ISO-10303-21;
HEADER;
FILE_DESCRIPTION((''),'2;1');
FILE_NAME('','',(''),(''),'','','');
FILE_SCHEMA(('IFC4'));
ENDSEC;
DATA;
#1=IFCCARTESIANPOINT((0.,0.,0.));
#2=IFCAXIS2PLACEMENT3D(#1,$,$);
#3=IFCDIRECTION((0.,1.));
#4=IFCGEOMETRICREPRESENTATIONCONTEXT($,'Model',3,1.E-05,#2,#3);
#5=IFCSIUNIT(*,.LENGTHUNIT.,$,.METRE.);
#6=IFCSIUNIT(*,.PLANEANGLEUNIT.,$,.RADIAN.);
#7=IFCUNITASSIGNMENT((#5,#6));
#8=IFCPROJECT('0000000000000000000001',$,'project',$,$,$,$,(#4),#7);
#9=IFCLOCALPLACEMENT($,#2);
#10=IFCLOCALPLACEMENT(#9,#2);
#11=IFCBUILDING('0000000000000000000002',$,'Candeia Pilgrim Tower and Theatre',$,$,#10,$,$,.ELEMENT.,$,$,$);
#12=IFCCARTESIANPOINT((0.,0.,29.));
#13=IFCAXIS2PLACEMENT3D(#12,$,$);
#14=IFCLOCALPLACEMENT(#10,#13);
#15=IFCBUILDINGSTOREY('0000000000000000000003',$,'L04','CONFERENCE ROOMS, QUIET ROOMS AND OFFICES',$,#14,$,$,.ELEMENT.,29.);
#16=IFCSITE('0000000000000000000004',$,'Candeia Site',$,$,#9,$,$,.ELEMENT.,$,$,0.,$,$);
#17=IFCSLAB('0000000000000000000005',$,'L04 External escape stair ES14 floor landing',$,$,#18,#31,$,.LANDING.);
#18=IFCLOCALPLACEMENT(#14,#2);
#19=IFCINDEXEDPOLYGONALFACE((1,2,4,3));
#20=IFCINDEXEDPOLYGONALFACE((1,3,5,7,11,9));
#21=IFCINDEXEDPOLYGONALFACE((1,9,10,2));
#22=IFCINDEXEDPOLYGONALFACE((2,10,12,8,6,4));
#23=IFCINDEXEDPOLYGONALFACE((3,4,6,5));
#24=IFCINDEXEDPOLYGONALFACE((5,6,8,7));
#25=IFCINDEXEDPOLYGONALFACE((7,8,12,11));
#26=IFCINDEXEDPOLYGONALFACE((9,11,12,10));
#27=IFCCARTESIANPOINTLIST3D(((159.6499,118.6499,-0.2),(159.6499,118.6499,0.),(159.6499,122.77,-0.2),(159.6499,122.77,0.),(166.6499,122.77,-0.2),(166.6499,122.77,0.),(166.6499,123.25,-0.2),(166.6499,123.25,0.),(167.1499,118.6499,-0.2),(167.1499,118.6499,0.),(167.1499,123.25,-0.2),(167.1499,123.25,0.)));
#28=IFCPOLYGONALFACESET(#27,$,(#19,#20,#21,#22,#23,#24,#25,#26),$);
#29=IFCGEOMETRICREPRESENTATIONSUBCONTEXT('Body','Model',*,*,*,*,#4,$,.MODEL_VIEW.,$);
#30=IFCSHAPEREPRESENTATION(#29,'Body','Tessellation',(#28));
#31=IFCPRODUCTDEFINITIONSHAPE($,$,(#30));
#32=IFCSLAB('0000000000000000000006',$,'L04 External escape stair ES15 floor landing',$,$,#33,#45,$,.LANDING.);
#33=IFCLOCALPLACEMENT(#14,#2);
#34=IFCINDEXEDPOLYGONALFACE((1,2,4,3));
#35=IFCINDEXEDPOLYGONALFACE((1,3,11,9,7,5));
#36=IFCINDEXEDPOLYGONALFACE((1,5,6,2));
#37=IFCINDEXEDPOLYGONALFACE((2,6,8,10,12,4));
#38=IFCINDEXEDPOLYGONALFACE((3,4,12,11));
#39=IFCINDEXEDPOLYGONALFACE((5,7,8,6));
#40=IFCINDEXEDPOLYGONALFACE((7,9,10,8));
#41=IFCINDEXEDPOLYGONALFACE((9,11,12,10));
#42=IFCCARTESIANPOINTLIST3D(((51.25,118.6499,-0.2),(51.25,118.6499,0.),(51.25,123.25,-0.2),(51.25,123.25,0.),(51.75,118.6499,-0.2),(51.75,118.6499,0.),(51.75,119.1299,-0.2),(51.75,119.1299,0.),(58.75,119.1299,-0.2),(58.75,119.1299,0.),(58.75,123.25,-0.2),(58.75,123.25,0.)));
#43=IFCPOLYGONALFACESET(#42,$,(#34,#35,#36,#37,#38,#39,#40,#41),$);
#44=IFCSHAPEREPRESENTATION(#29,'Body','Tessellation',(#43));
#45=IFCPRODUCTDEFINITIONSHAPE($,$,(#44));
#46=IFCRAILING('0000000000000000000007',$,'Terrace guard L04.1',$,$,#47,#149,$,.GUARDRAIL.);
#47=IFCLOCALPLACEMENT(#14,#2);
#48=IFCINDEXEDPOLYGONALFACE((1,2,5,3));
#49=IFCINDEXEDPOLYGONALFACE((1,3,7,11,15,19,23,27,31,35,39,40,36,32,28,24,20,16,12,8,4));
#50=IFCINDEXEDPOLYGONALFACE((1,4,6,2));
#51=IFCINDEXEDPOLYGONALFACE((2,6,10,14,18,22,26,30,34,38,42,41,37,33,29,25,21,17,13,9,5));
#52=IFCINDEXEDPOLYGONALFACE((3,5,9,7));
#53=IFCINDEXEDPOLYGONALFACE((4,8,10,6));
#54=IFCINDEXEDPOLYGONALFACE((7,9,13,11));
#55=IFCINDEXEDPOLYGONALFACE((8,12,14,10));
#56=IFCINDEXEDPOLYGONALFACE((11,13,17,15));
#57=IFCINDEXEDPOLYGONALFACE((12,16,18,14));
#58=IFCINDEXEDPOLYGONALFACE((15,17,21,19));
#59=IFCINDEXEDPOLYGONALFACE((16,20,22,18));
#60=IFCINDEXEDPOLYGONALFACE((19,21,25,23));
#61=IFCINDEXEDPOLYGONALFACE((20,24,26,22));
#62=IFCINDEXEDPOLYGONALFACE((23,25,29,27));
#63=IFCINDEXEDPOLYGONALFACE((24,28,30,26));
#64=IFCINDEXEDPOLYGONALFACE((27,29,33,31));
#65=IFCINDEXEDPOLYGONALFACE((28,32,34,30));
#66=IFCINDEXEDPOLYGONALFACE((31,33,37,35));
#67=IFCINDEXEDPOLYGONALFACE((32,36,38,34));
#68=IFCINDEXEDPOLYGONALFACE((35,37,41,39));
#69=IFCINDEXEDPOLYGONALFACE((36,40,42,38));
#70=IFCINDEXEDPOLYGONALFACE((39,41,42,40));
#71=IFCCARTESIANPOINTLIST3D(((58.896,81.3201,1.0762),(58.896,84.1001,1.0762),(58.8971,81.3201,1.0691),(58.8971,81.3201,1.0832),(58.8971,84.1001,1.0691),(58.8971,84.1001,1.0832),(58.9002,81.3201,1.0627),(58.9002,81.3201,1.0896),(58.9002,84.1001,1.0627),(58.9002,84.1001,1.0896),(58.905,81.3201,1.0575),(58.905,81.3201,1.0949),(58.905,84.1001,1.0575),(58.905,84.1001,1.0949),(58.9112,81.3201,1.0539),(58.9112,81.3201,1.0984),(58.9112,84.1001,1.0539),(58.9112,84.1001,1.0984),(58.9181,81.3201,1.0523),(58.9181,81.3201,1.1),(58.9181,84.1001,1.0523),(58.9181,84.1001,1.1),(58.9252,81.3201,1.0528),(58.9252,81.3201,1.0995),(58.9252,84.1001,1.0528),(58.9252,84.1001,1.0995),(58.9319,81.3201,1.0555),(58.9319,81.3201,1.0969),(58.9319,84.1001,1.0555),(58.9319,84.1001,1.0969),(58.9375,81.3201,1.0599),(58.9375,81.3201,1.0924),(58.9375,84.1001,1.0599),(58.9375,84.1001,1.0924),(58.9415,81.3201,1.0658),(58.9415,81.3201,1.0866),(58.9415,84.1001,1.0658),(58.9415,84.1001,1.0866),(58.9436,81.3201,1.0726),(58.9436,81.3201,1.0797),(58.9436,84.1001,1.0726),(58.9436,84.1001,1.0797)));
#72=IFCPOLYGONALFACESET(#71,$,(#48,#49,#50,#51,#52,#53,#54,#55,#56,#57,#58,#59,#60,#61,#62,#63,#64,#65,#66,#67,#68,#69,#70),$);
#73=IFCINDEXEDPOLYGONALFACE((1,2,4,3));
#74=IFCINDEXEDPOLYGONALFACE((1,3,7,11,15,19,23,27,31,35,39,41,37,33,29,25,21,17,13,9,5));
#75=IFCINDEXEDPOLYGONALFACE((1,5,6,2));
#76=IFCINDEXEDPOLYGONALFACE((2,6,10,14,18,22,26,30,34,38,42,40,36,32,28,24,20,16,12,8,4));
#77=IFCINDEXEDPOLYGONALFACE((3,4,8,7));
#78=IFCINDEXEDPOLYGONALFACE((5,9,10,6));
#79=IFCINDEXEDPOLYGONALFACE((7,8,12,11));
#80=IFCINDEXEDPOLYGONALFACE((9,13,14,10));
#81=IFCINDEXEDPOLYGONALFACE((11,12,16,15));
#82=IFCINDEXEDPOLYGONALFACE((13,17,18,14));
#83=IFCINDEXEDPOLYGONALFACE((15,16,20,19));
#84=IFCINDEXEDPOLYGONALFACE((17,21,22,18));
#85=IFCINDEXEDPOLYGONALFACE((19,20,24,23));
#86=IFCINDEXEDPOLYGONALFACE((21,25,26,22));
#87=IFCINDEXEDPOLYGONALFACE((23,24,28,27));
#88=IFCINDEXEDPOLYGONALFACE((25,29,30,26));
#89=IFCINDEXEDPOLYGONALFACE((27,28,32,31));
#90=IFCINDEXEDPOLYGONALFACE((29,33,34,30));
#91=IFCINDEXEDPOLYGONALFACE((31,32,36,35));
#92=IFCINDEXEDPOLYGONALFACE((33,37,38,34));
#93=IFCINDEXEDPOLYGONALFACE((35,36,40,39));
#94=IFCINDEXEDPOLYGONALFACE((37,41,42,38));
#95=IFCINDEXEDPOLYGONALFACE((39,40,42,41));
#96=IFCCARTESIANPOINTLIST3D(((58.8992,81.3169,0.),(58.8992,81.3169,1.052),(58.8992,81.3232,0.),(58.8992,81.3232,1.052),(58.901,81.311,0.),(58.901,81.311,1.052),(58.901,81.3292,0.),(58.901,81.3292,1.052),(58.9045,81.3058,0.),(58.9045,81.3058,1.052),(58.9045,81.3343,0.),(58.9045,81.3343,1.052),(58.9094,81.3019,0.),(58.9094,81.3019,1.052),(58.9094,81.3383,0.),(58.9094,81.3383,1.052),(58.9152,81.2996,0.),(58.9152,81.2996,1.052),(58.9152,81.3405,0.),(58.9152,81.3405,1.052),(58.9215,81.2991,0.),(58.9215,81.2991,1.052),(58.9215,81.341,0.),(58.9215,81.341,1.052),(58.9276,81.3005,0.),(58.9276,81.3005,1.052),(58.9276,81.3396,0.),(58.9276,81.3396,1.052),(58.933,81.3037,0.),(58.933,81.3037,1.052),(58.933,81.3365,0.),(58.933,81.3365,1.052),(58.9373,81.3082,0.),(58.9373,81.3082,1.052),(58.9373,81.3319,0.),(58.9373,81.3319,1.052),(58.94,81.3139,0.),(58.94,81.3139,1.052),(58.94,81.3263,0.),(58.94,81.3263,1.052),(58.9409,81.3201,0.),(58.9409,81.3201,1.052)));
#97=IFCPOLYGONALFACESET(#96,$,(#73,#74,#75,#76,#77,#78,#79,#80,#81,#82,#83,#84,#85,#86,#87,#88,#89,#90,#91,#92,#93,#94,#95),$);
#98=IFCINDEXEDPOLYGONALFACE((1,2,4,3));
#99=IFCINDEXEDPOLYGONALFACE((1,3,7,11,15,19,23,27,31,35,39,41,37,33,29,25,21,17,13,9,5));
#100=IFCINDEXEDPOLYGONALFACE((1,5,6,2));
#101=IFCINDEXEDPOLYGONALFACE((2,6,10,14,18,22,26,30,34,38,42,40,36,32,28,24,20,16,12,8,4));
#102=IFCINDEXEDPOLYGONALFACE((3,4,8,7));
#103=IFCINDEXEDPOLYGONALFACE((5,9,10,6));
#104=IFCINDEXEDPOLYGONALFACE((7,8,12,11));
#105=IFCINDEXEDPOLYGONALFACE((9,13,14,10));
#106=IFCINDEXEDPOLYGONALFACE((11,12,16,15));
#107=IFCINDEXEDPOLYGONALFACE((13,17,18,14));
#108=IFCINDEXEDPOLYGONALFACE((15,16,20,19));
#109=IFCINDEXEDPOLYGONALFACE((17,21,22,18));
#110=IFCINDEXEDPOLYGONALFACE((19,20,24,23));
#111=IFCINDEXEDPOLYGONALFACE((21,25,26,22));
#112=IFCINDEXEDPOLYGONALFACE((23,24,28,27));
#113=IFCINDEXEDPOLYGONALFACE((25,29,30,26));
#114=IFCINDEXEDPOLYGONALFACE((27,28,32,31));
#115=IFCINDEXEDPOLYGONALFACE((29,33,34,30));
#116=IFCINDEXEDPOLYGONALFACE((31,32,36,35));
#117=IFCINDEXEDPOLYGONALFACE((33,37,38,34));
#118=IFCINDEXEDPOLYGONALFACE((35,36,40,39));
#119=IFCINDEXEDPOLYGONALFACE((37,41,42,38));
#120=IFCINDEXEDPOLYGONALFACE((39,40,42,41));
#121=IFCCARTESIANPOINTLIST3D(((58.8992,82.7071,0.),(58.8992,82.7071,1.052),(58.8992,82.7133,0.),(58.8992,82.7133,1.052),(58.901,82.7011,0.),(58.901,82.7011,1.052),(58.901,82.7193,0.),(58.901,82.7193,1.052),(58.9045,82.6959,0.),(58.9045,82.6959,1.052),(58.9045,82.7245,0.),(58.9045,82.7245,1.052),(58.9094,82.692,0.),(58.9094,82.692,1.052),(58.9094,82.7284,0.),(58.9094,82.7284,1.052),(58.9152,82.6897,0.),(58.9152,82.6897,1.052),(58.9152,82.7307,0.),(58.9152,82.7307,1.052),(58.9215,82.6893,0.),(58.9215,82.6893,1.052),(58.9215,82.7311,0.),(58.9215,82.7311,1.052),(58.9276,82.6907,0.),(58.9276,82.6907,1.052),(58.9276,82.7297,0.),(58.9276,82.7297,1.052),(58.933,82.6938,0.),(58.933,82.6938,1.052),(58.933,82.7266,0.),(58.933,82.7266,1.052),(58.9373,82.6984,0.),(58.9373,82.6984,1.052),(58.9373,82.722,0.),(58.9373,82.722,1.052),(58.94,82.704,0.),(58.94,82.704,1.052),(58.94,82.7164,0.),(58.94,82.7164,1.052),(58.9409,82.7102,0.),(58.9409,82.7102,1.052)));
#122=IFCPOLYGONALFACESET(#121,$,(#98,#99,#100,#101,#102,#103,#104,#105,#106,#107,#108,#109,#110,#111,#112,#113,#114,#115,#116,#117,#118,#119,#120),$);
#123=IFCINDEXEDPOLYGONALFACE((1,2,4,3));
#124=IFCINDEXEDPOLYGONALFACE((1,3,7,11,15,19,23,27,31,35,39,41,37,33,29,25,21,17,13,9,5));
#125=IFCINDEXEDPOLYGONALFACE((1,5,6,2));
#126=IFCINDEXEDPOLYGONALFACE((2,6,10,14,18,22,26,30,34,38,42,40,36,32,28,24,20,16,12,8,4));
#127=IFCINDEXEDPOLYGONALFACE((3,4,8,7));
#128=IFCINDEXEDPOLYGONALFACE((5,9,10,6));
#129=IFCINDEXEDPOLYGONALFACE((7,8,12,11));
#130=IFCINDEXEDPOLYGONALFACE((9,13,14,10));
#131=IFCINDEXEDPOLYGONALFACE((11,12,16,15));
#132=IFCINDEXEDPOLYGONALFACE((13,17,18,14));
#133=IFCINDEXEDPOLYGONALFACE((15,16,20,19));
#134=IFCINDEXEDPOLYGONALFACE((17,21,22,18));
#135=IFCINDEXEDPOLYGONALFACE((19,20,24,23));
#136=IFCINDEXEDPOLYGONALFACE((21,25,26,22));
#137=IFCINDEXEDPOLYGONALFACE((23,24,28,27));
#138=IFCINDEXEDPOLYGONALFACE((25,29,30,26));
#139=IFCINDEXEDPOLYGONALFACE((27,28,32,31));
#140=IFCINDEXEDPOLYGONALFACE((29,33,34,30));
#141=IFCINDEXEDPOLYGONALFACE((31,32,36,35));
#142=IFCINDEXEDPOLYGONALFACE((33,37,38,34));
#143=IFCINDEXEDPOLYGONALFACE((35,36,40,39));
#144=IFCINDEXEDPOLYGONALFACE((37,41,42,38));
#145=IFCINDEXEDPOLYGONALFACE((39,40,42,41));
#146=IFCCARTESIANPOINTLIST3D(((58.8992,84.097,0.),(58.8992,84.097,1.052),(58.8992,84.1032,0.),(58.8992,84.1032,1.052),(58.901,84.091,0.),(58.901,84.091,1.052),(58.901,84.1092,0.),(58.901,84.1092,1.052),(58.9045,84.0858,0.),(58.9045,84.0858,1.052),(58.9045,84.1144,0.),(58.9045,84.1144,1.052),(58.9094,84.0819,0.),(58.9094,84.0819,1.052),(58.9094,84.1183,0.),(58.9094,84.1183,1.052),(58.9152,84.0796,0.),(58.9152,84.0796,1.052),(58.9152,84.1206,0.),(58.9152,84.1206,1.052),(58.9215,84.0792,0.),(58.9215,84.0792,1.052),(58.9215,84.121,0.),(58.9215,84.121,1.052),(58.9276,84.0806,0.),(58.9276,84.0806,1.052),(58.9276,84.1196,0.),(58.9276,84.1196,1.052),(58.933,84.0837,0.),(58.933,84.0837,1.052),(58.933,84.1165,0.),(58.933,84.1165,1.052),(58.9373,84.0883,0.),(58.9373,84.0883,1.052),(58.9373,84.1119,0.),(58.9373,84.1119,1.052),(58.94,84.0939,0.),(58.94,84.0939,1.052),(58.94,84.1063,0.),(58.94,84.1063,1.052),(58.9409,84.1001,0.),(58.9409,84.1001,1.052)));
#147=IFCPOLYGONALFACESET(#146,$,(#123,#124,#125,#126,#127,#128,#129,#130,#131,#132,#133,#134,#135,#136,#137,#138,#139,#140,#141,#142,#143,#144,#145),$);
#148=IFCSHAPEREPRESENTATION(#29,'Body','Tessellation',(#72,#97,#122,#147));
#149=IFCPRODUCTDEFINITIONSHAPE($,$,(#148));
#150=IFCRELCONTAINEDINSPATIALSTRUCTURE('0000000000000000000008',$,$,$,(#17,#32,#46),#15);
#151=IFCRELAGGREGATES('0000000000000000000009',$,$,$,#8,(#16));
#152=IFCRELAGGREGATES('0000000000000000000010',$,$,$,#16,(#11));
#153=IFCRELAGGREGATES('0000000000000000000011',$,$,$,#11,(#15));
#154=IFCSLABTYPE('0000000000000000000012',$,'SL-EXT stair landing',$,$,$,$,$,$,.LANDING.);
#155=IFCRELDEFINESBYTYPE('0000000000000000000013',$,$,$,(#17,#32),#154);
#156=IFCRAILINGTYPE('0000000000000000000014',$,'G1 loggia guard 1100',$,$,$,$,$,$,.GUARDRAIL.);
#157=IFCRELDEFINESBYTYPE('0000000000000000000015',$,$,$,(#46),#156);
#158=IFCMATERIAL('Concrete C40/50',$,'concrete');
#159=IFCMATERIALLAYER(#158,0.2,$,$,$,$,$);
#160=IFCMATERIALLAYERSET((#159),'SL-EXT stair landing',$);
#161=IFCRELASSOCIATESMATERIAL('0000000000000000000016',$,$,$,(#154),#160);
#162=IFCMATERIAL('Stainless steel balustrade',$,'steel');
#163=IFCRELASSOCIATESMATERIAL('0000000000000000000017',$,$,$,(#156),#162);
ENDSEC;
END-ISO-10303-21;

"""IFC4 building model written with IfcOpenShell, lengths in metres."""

from ifc_helpers import new_model, si_unit, direction, frame, origin, origin_2d, place, context, subcontext, project, spatial, polyline, circle, outline, extrude, material, layer, layer_set, type_object, element, save


model = new_model("IFC4")

# Units and contexts
model_context = context("Model", 3, precision=1e-05, world=origin(), true_north=direction((0.0, 1.0)))
body_context = subcontext(model_context, "Body", "Model", "MODEL_VIEW")
ifc_project = project(units=[si_unit("LENGTHUNIT", "METRE"), si_unit("PLANEANGLEUNIT", "RADIAN")], contexts=[model_context])

# Site, building, storey
site_placement = place(None, origin())
site = spatial("IfcSite", under=ifc_project, at=site_placement, Name="Candeia Site", CompositionType="ELEMENT", RefElevation=0.0)
building_placement = place(site_placement, origin())
building = spatial("IfcBuilding", under=site, at=building_placement, Name="Candeia Pilgrim Tower and Theatre", CompositionType="ELEMENT")
storey_placement = place(building_placement, frame((0.0, 0.0, 29.0)))
storey = spatial("IfcBuildingStorey", under=building, at=storey_placement, Name="L04", Description="CONFERENCE ROOMS, QUIET ROOMS AND OFFICES", CompositionType="ELEMENT", Elevation=29.0)

# Slabs
ifc_material_1 = material(Name="Concrete C40/50", Category="concrete")
ifc_layer_1 = layer(ifc_material_1, 0.2)
ifc_layer_set_1 = layer_set([ifc_layer_1], Name="SL-EXT stair landing")
slab_type = type_object("IfcSlabType", Name="SL-EXT stair landing", PredefinedType="LANDING", material=ifc_layer_set_1)
slab_1_placement = place(storey_placement, frame((0.0, 0.0, -0.2)))
element("IfcSlab", 1, at=slab_1_placement, inside=storey, type_object=slab_type, Name="L04 External escape stair ES14 floor landing", PredefinedType="LANDING", context=body_context, shape_type="SweptSolid", body=[
    extrude(outline(polyline([(159.6499, 118.6499), (159.6499, 122.77), (166.6499, 122.77), (166.6499, 123.25), (167.1499, 123.25), (167.1499, 118.6499), (159.6499, 118.6499)])), origin(), (0.0, 0.0, 1.0), 0.2),
])
slab_2_placement = place(storey_placement, frame((0.0, 0.0, -0.2)))
element("IfcSlab", 2, at=slab_2_placement, inside=storey, type_object=slab_type, Name="L04 External escape stair ES15 floor landing", PredefinedType="LANDING", context=body_context, shape_type="SweptSolid", body=[
    extrude(outline(polyline([(58.75, 123.25), (58.75, 119.1299), (51.75, 119.1299), (51.75, 118.6499), (51.25, 118.6499), (51.25, 123.25), (58.75, 123.25)])), origin(), (0.0, 0.0, 1.0), 0.2),
])

# Railing
ifc_material_2 = material(Name="Stainless steel balustrade", Category="steel")
railing_type_1 = type_object("IfcRailingType", Name="G1 loggia guard 1100", PredefinedType="GUARDRAIL", material=ifc_material_2)
railing_1_placement = place(storey_placement, frame((58.9199, 81.3201, 0.0)))
element("IfcRailing", 3, at=railing_1_placement, inside=storey, type_object=railing_type_1, Name="Terrace guard L04.1", PredefinedType="GUARDRAIL", context=body_context, shape_type="SweptSolid", body=[
    extrude(circle(Radius=0.0239, at=origin_2d()), frame((0.0, 0.0, 1.0762), z_axis=(0.0, 1.0, 0.0), x_axis=(-1.0, 0.0, 0.0)), (0.0, 0.0, 1.0), 2.78),
    extrude(circle(Radius=0.021, at=origin_2d()), origin(), (0.0, 0.0, 1.0), 1.052),
    extrude(circle(Radius=0.021, at=origin_2d()), frame((0.0, 1.3901, 0.0)), (0.0, 0.0, 1.0), 1.052),
    extrude(circle(Radius=0.021, at=origin_2d()), frame((0.0, 2.78, 0.0)), (0.0, 0.0, 1.0), 1.052),
])

save(model, "model.ifc")
